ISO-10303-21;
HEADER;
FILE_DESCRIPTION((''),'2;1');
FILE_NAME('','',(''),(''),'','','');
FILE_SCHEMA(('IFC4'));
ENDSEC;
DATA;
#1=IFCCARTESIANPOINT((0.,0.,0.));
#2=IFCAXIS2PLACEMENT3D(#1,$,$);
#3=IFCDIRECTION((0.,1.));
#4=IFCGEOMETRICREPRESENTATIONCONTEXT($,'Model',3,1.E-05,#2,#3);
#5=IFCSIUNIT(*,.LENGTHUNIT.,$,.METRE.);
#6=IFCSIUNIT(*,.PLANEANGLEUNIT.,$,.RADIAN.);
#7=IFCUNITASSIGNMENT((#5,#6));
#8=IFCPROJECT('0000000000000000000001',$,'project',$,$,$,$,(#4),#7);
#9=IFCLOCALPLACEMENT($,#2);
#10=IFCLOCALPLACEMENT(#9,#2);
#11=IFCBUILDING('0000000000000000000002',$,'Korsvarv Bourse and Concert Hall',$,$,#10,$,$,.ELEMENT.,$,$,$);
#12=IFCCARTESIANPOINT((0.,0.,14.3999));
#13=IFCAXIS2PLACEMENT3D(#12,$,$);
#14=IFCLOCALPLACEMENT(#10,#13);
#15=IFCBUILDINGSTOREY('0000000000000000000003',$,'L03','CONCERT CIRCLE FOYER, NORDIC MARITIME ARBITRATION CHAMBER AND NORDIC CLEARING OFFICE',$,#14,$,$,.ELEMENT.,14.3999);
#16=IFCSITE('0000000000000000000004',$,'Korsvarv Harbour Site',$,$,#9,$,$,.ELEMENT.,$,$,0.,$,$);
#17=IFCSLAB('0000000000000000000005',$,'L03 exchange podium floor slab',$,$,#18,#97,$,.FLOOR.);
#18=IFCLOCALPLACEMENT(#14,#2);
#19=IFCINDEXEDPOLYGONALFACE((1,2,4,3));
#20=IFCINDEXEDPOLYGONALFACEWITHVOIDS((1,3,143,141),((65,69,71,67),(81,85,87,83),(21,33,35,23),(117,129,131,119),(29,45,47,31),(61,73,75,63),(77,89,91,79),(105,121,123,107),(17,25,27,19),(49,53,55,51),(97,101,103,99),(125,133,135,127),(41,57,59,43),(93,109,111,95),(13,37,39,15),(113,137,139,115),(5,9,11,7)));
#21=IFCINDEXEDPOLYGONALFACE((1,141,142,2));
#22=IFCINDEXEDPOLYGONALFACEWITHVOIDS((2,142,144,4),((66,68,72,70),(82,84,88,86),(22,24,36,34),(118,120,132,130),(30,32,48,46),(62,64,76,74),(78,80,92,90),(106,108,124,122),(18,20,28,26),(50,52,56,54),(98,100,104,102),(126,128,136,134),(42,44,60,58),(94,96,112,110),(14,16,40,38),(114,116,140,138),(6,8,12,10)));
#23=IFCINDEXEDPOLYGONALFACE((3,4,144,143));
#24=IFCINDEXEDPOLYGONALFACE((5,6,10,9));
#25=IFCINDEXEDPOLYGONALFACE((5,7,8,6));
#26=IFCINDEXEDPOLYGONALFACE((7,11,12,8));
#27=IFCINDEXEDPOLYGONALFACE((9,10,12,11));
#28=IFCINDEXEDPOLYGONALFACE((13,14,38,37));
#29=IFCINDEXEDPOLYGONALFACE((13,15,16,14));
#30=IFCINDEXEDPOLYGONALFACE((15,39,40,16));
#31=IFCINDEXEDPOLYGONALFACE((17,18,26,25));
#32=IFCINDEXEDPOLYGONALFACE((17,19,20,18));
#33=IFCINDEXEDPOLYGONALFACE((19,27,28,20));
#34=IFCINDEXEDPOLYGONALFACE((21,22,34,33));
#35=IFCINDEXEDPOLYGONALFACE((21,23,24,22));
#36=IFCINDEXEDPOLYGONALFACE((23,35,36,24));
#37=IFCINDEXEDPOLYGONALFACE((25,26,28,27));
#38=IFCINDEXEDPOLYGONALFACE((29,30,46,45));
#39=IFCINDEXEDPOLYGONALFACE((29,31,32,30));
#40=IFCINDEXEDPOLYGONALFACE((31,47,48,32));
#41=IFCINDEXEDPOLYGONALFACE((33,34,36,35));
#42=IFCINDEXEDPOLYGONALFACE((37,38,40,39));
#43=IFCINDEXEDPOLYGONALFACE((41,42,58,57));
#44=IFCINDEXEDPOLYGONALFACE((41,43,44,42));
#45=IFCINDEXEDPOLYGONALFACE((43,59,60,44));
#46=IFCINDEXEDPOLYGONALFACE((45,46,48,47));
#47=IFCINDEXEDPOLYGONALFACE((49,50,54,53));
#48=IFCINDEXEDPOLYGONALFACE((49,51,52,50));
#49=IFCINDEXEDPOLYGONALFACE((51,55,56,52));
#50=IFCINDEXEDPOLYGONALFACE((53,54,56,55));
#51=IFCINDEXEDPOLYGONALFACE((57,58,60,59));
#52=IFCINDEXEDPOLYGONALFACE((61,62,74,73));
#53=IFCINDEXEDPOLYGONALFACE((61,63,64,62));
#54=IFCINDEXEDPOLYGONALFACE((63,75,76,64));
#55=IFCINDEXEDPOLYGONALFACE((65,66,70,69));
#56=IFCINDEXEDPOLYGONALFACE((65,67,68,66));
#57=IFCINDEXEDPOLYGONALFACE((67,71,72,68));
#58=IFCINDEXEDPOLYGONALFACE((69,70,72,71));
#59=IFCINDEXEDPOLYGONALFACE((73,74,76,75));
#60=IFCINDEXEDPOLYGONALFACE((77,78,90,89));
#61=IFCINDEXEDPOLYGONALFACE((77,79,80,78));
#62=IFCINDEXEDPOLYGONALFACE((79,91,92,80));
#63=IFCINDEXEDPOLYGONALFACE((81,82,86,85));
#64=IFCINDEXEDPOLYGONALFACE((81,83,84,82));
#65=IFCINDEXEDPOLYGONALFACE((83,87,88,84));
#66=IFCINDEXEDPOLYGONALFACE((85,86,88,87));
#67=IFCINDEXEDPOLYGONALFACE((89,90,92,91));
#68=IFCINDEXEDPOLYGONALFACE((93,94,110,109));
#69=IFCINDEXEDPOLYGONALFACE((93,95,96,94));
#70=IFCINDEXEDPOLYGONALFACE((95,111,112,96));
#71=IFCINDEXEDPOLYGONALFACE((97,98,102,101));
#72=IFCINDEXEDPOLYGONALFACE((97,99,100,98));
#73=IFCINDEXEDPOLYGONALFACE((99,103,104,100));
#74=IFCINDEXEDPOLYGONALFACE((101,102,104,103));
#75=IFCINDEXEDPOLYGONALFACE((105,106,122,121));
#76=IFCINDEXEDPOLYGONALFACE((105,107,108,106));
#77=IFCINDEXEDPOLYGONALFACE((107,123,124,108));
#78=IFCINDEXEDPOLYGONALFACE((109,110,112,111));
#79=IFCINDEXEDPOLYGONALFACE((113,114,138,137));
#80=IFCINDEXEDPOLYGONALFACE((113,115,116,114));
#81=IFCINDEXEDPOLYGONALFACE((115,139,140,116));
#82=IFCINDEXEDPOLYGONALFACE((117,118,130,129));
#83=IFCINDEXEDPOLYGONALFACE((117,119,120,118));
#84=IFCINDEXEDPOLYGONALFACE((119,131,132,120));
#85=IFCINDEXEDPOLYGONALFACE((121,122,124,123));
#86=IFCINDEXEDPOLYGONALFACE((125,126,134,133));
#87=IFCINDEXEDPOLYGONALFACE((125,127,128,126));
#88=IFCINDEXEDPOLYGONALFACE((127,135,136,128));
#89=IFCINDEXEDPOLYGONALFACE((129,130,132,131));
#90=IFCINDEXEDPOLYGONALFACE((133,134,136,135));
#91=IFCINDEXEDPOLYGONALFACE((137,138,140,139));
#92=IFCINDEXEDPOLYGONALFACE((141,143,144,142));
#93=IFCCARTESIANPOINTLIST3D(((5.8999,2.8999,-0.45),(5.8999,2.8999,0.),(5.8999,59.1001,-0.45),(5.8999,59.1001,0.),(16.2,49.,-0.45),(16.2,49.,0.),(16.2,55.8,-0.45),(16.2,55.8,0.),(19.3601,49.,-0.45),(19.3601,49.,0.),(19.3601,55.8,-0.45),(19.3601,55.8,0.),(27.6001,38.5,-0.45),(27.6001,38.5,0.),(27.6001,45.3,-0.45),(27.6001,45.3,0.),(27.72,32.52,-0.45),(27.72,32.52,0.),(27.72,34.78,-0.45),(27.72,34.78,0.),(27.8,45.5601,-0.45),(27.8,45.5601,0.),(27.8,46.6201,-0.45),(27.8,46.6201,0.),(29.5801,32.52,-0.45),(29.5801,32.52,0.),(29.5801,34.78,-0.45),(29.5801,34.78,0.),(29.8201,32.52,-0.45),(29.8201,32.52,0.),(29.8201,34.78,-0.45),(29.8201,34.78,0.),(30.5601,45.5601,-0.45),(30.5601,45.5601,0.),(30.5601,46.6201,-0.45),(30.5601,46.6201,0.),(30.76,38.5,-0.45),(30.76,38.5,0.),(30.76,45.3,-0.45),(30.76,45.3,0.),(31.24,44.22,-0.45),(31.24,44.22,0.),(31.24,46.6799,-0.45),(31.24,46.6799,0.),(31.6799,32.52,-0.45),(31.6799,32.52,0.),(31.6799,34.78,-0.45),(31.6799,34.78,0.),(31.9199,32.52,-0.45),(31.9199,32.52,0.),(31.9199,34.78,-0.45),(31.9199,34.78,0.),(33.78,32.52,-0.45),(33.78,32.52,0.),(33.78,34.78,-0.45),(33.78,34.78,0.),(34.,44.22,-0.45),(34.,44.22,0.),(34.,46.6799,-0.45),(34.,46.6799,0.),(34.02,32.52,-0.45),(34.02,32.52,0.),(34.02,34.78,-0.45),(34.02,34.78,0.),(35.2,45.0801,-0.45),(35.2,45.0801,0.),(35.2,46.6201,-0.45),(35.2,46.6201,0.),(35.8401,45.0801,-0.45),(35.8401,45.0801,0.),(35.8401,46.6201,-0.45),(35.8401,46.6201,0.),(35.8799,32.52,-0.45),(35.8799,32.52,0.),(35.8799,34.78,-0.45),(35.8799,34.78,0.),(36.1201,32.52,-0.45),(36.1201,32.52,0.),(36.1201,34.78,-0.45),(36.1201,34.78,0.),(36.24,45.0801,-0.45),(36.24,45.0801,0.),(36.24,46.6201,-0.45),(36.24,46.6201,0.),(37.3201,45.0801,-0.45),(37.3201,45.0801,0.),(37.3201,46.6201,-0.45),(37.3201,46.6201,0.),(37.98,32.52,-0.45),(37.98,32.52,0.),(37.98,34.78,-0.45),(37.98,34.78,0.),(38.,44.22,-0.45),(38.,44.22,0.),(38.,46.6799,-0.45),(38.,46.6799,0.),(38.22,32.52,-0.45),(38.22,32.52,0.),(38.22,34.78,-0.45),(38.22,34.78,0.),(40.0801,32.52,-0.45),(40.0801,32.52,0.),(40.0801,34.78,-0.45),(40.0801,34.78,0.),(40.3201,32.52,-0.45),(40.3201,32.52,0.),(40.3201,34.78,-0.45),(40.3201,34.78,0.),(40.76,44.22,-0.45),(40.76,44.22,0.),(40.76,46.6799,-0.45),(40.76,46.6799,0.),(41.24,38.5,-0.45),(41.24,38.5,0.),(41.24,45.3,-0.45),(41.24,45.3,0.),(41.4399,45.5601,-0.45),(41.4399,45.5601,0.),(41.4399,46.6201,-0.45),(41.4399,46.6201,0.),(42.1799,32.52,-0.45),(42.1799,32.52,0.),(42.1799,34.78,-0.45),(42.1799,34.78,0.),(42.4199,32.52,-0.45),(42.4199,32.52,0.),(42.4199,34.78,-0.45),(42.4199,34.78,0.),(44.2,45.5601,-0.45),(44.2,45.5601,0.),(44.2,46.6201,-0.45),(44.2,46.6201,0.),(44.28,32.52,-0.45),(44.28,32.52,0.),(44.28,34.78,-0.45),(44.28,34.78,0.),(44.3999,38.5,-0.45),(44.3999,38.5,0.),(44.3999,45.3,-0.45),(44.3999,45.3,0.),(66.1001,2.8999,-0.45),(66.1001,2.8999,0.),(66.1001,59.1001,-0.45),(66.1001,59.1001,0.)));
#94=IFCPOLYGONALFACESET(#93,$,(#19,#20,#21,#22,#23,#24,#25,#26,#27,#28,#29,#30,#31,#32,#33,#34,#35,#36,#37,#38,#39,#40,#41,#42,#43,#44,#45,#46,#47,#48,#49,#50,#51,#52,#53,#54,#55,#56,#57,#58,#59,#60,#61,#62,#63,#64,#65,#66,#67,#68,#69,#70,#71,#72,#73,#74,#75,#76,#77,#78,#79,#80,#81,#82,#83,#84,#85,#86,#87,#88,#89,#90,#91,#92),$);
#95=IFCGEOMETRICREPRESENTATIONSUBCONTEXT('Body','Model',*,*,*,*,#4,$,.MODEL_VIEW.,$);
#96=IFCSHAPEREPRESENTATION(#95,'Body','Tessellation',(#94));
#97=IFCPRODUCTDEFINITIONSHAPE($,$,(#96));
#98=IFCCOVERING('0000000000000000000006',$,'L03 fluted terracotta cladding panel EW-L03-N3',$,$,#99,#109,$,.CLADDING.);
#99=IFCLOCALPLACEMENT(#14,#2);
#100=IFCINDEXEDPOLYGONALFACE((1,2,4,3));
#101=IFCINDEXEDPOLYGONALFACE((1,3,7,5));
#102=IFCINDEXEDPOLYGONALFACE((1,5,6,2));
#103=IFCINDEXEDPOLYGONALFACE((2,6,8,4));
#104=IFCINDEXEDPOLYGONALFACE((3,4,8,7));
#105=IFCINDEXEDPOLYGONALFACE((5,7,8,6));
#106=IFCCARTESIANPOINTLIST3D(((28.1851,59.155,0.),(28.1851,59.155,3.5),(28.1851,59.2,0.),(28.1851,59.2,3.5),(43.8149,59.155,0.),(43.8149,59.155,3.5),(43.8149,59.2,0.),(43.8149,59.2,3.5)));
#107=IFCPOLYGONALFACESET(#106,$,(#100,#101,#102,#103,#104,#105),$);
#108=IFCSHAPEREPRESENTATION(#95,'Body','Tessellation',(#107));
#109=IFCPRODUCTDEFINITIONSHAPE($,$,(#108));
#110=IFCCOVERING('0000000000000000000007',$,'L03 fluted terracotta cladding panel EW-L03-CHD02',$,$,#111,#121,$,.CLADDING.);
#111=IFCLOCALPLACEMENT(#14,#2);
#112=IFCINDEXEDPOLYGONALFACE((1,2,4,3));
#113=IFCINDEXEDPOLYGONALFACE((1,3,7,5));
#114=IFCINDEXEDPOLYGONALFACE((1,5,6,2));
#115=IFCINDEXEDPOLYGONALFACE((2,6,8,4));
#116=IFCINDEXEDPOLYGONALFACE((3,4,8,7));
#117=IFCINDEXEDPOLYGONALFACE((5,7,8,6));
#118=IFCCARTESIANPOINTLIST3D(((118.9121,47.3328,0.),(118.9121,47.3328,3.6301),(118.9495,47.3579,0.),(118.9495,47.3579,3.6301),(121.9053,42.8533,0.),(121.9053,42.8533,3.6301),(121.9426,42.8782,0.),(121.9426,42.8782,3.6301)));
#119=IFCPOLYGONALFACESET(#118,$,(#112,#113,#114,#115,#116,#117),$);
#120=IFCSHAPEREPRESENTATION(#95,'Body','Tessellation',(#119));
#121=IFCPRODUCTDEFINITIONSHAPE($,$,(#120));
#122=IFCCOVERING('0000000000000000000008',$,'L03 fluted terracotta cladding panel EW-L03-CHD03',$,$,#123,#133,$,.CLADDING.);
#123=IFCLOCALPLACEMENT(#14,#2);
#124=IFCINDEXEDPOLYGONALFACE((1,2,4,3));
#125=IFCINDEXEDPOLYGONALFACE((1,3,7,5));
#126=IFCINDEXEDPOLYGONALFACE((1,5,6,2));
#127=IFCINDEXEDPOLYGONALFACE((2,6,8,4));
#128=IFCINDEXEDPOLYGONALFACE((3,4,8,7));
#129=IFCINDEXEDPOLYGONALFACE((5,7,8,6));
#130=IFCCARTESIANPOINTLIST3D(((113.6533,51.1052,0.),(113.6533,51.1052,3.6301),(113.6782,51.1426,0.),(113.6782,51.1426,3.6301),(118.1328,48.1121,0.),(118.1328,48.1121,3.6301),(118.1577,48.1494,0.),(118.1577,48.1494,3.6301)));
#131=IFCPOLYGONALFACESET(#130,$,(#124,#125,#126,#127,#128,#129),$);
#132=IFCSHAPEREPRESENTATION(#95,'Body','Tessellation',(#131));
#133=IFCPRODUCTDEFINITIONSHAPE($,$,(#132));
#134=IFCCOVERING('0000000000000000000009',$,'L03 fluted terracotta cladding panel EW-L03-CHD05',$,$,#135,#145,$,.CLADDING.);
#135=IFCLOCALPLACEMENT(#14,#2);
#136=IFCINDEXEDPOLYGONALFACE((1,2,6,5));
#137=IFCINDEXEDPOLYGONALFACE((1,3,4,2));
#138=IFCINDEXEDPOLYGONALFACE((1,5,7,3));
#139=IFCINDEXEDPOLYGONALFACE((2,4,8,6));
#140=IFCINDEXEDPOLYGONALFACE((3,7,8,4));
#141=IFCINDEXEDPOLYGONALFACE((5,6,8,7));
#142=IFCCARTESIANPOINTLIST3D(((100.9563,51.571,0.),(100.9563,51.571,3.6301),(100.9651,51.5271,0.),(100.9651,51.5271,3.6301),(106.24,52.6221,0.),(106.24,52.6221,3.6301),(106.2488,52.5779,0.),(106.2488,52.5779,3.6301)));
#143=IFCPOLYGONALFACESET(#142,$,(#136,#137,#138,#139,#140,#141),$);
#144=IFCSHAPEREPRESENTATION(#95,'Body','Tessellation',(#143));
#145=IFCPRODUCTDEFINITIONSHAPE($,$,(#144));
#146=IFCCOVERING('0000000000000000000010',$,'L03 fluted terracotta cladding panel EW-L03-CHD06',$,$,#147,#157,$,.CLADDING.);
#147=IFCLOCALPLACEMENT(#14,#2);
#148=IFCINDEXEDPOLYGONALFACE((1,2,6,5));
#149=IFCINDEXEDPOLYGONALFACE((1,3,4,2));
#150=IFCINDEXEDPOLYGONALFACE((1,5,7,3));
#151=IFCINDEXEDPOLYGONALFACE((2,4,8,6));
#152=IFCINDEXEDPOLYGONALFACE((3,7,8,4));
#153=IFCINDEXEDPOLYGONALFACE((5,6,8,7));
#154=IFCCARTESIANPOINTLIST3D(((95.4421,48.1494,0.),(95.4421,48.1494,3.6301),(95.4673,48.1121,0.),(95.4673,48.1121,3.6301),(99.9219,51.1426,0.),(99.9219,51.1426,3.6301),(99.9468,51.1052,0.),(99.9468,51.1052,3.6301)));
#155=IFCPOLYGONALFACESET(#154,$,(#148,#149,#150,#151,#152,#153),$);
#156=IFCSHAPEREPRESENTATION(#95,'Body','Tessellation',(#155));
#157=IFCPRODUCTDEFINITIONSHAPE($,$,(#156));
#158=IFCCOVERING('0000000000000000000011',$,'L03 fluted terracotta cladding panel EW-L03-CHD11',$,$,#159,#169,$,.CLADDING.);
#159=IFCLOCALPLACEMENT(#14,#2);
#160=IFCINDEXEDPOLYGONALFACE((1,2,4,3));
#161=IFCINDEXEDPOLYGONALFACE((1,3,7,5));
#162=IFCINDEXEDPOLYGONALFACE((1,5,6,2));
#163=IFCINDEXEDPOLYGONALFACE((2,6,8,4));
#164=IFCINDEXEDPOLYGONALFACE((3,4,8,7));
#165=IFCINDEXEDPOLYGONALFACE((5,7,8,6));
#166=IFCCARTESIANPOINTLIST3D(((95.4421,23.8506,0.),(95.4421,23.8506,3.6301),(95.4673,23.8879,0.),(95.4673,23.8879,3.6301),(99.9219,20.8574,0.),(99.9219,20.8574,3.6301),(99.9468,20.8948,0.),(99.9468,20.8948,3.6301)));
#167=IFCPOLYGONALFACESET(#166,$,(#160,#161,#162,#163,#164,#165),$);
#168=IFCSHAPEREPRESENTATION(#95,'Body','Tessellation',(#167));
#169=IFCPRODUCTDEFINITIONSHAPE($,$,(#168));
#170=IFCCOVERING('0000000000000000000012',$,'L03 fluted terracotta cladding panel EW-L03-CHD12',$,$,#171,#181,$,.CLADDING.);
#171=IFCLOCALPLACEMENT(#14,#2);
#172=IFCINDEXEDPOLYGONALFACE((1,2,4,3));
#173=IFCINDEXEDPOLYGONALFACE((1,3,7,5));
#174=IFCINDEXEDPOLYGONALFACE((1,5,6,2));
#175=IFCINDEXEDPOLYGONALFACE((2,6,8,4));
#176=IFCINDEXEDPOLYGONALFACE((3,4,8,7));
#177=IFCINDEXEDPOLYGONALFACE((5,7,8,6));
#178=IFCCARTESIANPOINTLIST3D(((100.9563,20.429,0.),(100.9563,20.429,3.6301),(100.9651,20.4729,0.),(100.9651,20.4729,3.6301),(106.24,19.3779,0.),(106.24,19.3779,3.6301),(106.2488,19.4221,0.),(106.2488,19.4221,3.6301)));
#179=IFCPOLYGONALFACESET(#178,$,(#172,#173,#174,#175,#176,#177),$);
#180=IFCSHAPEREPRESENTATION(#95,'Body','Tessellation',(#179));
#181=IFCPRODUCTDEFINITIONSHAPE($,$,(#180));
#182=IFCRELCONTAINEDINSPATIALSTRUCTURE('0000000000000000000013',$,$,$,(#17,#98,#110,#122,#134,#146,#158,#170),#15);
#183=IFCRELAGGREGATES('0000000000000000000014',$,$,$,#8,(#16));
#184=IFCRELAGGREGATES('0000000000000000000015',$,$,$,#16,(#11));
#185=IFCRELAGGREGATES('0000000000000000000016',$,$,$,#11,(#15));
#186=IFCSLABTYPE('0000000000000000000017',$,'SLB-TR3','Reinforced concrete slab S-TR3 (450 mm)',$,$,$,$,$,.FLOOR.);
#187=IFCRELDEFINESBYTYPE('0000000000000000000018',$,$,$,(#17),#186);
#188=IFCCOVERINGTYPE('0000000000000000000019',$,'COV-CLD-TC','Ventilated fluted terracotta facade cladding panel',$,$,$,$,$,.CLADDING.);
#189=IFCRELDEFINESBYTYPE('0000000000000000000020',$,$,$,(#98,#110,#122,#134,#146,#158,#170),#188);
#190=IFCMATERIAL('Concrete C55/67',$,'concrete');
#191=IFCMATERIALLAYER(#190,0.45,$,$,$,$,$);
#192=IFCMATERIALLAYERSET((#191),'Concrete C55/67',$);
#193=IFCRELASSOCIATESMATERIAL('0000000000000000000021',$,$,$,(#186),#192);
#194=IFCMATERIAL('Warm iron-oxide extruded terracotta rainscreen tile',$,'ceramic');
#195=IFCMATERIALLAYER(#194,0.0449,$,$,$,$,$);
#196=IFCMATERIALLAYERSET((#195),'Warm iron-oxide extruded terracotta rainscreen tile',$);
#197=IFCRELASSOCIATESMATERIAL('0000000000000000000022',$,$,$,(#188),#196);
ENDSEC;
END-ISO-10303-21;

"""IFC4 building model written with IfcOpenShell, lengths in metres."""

from ifc_helpers import new_model, si_unit, direction, frame, origin, place, context, subcontext, project, spatial, polyline, outline, extrude, material, layer, layer_set, type_object, element, save


model = new_model("IFC4")

# Units and contexts
model_context = context("Model", 3, precision=1e-05, world=origin(), true_north=direction((0.0, 1.0)))
body_context = subcontext(model_context, "Body", "Model", "MODEL_VIEW")
ifc_project = project(units=[si_unit("LENGTHUNIT", "METRE"), si_unit("PLANEANGLEUNIT", "RADIAN")], contexts=[model_context])

# Site, building, storey
site_placement = place(None, origin())
site = spatial("IfcSite", under=ifc_project, at=site_placement, Name="Korsvarv Harbour Site", CompositionType="ELEMENT", RefElevation=0.0)
building_placement = place(site_placement, origin())
building = spatial("IfcBuilding", under=site, at=building_placement, Name="Korsvarv Bourse and Concert Hall", CompositionType="ELEMENT")
storey_placement = place(building_placement, frame((0.0, 0.0, 14.3999)))
storey = spatial("IfcBuildingStorey", under=building, at=storey_placement, Name="L03", Description="CONCERT CIRCLE FOYER, NORDIC MARITIME ARBITRATION CHAMBER AND NORDIC CLEARING OFFICE", CompositionType="ELEMENT", Elevation=14.3999)

# Slab
ifc_material_1 = material(Name="Concrete C55/67", Category="concrete")
ifc_layer_1 = layer(ifc_material_1, 0.45)
ifc_layer_set_1 = layer_set([ifc_layer_1], Name="Concrete C55/67")
slab_type_1 = type_object("IfcSlabType", Name="SLB-TR3", Description="Reinforced concrete slab S-TR3 (450 mm)", PredefinedType="FLOOR", material=ifc_layer_set_1)
slab_1_placement = place(storey_placement, frame((0.0, 0.0, -0.45)))
element("IfcSlab", 1, at=slab_1_placement, inside=storey, type_object=slab_type_1, Name="L03 exchange podium floor slab", PredefinedType="FLOOR", context=body_context, shape_type="SweptSolid", body=[
    extrude(outline(polyline([(66.1001, 2.8999), (66.1001, 59.1001), (5.8999, 59.1001), (5.8999, 2.8999), (66.1001, 2.8999)]), holes=[polyline([(30.76, 38.5), (30.76, 45.3), (27.6001, 45.3), (27.6001, 38.5), (30.76, 38.5)]), polyline([(44.3999, 38.5), (44.3999, 45.3), (41.24, 45.3), (41.24, 38.5), (44.3999, 38.5)]), polyline([(19.3601, 49.0), (19.3601, 55.8), (16.2, 55.8), (16.2, 49.0), (19.3601, 49.0)]), polyline([(31.24, 44.22), (34.0, 44.22), (34.0, 46.6799), (31.24, 46.6799), (31.24, 44.22)]), polyline([(38.0, 44.22), (40.76, 44.22), (40.76, 46.6799), (38.0, 46.6799), (38.0, 44.22)]), polyline([(27.72, 32.52), (29.5801, 32.52), (29.5801, 34.78), (27.72, 34.78), (27.72, 32.52)]), polyline([(29.8201, 32.52), (31.6799, 32.52), (31.6799, 34.78), (29.8201, 34.78), (29.8201, 32.52)]), polyline([(31.9199, 32.52), (33.78, 32.52), (33.78, 34.78), (31.9199, 34.78), (31.9199, 32.52)]), polyline([(34.02, 32.52), (35.8799, 32.52), (35.8799, 34.78), (34.02, 34.78), (34.02, 32.52)]), polyline([(36.1201, 32.52), (37.98, 32.52), (37.98, 34.78), (36.1201, 34.78), (36.1201, 32.52)]), polyline([(38.22, 32.52), (40.0801, 32.52), (40.0801, 34.78), (38.22, 34.78), (38.22, 32.52)]), polyline([(40.3201, 32.52), (42.1799, 32.52), (42.1799, 34.78), (40.3201, 34.78), (40.3201, 32.52)]), polyline([(42.4199, 32.52), (44.28, 32.52), (44.28, 34.78), (42.4199, 34.78), (42.4199, 32.52)]), polyline([(27.8, 45.5601), (30.5601, 45.5601), (30.5601, 46.6201), (27.8, 46.6201), (27.8, 45.5601)]), polyline([(41.4399, 45.5601), (44.2, 45.5601), (44.2, 46.6201), (41.4399, 46.6201), (41.4399, 45.5601)]), polyline([(35.2, 45.0801), (35.8401, 45.0801), (35.8401, 46.6201), (35.2, 46.6201), (35.2, 45.0801)]), polyline([(36.24, 45.0801), (37.3201, 45.0801), (37.3201, 46.6201), (36.24, 46.6201), (36.24, 45.0801)])]), origin(), (0.0, 0.0, 1.0), 0.45),
])

# Coverings
ifc_material_2 = material(Name="Warm iron-oxide extruded terracotta rainscreen tile", Category="ceramic")
ifc_layer_2 = layer(ifc_material_2, 0.0449)
ifc_layer_set_2 = layer_set([ifc_layer_2], Name="Warm iron-oxide extruded terracotta rainscreen tile")
covering_type = type_object("IfcCoveringType", Name="COV-CLD-TC", Description="Ventilated fluted terracotta facade cladding panel", PredefinedType="CLADDING", material=ifc_layer_set_2)
covering_1_placement = place(storey_placement, origin())
element("IfcCovering", 2, at=covering_1_placement, inside=storey, type_object=covering_type, Name="L03 fluted terracotta cladding panel EW-L03-N3", PredefinedType="CLADDING", context=body_context, shape_type="SweptSolid", body=[
    extrude(outline(polyline([(28.1851, 59.155), (43.8149, 59.155), (43.8149, 59.2), (28.1851, 59.2), (28.1851, 59.155)])), origin(), (0.0, 0.0, 1.0), 3.5),
])
covering_2_placement = place(storey_placement, origin())
element("IfcCovering", 3, at=covering_2_placement, inside=storey, type_object=covering_type, Name="L03 fluted terracotta cladding panel EW-L03-CHD02", PredefinedType="CLADDING", context=body_context, shape_type="SweptSolid", body=[
    extrude(outline(polyline([(121.9053, 42.8533), (118.9121, 47.3328), (118.9495, 47.3579), (121.9426, 42.8782), (121.9053, 42.8533)])), origin(), (0.0, 0.0, 1.0), 3.6301),
])
covering_3_placement = place(storey_placement, origin())
element("IfcCovering", 4, at=covering_3_placement, inside=storey, type_object=covering_type, Name="L03 fluted terracotta cladding panel EW-L03-CHD03", PredefinedType="CLADDING", context=body_context, shape_type="SweptSolid", body=[
    extrude(outline(polyline([(118.1328, 48.1121), (113.6533, 51.1052), (113.6782, 51.1426), (118.1577, 48.1494), (118.1328, 48.1121)])), origin(), (0.0, 0.0, 1.0), 3.6301),
])
covering_4_placement = place(storey_placement, origin())
element("IfcCovering", 5, at=covering_4_placement, inside=storey, type_object=covering_type, Name="L03 fluted terracotta cladding panel EW-L03-CHD05", PredefinedType="CLADDING", context=body_context, shape_type="SweptSolid", body=[
    extrude(outline(polyline([(106.2488, 52.5779), (100.9651, 51.5271), (100.9563, 51.571), (106.24, 52.6221), (106.2488, 52.5779)])), origin(), (0.0, 0.0, 1.0), 3.6301),
])
covering_5_placement = place(storey_placement, origin())
element("IfcCovering", 6, at=covering_5_placement, inside=storey, type_object=covering_type, Name="L03 fluted terracotta cladding panel EW-L03-CHD06", PredefinedType="CLADDING", context=body_context, shape_type="SweptSolid", body=[
    extrude(outline(polyline([(99.9468, 51.1052), (95.4673, 48.1121), (95.4421, 48.1494), (99.9219, 51.1426), (99.9468, 51.1052)])), origin(), (0.0, 0.0, 1.0), 3.6301),
])
covering_6_placement = place(storey_placement, origin())
element("IfcCovering", 7, at=covering_6_placement, inside=storey, type_object=covering_type, Name="L03 fluted terracotta cladding panel EW-L03-CHD11", PredefinedType="CLADDING", context=body_context, shape_type="SweptSolid", body=[
    extrude(outline(polyline([(95.4673, 23.8879), (99.9468, 20.8948), (99.9219, 20.8574), (95.4421, 23.8506), (95.4673, 23.8879)])), origin(), (0.0, 0.0, 1.0), 3.6301),
])
covering_7_placement = place(storey_placement, origin())
element("IfcCovering", 8, at=covering_7_placement, inside=storey, type_object=covering_type, Name="L03 fluted terracotta cladding panel EW-L03-CHD12", PredefinedType="CLADDING", context=body_context, shape_type="SweptSolid", body=[
    extrude(outline(polyline([(100.9651, 20.4729), (106.2488, 19.4221), (106.24, 19.3779), (100.9563, 20.429), (100.9651, 20.4729)])), origin(), (0.0, 0.0, 1.0), 3.6301),
])

save(model, "model.ifc")
